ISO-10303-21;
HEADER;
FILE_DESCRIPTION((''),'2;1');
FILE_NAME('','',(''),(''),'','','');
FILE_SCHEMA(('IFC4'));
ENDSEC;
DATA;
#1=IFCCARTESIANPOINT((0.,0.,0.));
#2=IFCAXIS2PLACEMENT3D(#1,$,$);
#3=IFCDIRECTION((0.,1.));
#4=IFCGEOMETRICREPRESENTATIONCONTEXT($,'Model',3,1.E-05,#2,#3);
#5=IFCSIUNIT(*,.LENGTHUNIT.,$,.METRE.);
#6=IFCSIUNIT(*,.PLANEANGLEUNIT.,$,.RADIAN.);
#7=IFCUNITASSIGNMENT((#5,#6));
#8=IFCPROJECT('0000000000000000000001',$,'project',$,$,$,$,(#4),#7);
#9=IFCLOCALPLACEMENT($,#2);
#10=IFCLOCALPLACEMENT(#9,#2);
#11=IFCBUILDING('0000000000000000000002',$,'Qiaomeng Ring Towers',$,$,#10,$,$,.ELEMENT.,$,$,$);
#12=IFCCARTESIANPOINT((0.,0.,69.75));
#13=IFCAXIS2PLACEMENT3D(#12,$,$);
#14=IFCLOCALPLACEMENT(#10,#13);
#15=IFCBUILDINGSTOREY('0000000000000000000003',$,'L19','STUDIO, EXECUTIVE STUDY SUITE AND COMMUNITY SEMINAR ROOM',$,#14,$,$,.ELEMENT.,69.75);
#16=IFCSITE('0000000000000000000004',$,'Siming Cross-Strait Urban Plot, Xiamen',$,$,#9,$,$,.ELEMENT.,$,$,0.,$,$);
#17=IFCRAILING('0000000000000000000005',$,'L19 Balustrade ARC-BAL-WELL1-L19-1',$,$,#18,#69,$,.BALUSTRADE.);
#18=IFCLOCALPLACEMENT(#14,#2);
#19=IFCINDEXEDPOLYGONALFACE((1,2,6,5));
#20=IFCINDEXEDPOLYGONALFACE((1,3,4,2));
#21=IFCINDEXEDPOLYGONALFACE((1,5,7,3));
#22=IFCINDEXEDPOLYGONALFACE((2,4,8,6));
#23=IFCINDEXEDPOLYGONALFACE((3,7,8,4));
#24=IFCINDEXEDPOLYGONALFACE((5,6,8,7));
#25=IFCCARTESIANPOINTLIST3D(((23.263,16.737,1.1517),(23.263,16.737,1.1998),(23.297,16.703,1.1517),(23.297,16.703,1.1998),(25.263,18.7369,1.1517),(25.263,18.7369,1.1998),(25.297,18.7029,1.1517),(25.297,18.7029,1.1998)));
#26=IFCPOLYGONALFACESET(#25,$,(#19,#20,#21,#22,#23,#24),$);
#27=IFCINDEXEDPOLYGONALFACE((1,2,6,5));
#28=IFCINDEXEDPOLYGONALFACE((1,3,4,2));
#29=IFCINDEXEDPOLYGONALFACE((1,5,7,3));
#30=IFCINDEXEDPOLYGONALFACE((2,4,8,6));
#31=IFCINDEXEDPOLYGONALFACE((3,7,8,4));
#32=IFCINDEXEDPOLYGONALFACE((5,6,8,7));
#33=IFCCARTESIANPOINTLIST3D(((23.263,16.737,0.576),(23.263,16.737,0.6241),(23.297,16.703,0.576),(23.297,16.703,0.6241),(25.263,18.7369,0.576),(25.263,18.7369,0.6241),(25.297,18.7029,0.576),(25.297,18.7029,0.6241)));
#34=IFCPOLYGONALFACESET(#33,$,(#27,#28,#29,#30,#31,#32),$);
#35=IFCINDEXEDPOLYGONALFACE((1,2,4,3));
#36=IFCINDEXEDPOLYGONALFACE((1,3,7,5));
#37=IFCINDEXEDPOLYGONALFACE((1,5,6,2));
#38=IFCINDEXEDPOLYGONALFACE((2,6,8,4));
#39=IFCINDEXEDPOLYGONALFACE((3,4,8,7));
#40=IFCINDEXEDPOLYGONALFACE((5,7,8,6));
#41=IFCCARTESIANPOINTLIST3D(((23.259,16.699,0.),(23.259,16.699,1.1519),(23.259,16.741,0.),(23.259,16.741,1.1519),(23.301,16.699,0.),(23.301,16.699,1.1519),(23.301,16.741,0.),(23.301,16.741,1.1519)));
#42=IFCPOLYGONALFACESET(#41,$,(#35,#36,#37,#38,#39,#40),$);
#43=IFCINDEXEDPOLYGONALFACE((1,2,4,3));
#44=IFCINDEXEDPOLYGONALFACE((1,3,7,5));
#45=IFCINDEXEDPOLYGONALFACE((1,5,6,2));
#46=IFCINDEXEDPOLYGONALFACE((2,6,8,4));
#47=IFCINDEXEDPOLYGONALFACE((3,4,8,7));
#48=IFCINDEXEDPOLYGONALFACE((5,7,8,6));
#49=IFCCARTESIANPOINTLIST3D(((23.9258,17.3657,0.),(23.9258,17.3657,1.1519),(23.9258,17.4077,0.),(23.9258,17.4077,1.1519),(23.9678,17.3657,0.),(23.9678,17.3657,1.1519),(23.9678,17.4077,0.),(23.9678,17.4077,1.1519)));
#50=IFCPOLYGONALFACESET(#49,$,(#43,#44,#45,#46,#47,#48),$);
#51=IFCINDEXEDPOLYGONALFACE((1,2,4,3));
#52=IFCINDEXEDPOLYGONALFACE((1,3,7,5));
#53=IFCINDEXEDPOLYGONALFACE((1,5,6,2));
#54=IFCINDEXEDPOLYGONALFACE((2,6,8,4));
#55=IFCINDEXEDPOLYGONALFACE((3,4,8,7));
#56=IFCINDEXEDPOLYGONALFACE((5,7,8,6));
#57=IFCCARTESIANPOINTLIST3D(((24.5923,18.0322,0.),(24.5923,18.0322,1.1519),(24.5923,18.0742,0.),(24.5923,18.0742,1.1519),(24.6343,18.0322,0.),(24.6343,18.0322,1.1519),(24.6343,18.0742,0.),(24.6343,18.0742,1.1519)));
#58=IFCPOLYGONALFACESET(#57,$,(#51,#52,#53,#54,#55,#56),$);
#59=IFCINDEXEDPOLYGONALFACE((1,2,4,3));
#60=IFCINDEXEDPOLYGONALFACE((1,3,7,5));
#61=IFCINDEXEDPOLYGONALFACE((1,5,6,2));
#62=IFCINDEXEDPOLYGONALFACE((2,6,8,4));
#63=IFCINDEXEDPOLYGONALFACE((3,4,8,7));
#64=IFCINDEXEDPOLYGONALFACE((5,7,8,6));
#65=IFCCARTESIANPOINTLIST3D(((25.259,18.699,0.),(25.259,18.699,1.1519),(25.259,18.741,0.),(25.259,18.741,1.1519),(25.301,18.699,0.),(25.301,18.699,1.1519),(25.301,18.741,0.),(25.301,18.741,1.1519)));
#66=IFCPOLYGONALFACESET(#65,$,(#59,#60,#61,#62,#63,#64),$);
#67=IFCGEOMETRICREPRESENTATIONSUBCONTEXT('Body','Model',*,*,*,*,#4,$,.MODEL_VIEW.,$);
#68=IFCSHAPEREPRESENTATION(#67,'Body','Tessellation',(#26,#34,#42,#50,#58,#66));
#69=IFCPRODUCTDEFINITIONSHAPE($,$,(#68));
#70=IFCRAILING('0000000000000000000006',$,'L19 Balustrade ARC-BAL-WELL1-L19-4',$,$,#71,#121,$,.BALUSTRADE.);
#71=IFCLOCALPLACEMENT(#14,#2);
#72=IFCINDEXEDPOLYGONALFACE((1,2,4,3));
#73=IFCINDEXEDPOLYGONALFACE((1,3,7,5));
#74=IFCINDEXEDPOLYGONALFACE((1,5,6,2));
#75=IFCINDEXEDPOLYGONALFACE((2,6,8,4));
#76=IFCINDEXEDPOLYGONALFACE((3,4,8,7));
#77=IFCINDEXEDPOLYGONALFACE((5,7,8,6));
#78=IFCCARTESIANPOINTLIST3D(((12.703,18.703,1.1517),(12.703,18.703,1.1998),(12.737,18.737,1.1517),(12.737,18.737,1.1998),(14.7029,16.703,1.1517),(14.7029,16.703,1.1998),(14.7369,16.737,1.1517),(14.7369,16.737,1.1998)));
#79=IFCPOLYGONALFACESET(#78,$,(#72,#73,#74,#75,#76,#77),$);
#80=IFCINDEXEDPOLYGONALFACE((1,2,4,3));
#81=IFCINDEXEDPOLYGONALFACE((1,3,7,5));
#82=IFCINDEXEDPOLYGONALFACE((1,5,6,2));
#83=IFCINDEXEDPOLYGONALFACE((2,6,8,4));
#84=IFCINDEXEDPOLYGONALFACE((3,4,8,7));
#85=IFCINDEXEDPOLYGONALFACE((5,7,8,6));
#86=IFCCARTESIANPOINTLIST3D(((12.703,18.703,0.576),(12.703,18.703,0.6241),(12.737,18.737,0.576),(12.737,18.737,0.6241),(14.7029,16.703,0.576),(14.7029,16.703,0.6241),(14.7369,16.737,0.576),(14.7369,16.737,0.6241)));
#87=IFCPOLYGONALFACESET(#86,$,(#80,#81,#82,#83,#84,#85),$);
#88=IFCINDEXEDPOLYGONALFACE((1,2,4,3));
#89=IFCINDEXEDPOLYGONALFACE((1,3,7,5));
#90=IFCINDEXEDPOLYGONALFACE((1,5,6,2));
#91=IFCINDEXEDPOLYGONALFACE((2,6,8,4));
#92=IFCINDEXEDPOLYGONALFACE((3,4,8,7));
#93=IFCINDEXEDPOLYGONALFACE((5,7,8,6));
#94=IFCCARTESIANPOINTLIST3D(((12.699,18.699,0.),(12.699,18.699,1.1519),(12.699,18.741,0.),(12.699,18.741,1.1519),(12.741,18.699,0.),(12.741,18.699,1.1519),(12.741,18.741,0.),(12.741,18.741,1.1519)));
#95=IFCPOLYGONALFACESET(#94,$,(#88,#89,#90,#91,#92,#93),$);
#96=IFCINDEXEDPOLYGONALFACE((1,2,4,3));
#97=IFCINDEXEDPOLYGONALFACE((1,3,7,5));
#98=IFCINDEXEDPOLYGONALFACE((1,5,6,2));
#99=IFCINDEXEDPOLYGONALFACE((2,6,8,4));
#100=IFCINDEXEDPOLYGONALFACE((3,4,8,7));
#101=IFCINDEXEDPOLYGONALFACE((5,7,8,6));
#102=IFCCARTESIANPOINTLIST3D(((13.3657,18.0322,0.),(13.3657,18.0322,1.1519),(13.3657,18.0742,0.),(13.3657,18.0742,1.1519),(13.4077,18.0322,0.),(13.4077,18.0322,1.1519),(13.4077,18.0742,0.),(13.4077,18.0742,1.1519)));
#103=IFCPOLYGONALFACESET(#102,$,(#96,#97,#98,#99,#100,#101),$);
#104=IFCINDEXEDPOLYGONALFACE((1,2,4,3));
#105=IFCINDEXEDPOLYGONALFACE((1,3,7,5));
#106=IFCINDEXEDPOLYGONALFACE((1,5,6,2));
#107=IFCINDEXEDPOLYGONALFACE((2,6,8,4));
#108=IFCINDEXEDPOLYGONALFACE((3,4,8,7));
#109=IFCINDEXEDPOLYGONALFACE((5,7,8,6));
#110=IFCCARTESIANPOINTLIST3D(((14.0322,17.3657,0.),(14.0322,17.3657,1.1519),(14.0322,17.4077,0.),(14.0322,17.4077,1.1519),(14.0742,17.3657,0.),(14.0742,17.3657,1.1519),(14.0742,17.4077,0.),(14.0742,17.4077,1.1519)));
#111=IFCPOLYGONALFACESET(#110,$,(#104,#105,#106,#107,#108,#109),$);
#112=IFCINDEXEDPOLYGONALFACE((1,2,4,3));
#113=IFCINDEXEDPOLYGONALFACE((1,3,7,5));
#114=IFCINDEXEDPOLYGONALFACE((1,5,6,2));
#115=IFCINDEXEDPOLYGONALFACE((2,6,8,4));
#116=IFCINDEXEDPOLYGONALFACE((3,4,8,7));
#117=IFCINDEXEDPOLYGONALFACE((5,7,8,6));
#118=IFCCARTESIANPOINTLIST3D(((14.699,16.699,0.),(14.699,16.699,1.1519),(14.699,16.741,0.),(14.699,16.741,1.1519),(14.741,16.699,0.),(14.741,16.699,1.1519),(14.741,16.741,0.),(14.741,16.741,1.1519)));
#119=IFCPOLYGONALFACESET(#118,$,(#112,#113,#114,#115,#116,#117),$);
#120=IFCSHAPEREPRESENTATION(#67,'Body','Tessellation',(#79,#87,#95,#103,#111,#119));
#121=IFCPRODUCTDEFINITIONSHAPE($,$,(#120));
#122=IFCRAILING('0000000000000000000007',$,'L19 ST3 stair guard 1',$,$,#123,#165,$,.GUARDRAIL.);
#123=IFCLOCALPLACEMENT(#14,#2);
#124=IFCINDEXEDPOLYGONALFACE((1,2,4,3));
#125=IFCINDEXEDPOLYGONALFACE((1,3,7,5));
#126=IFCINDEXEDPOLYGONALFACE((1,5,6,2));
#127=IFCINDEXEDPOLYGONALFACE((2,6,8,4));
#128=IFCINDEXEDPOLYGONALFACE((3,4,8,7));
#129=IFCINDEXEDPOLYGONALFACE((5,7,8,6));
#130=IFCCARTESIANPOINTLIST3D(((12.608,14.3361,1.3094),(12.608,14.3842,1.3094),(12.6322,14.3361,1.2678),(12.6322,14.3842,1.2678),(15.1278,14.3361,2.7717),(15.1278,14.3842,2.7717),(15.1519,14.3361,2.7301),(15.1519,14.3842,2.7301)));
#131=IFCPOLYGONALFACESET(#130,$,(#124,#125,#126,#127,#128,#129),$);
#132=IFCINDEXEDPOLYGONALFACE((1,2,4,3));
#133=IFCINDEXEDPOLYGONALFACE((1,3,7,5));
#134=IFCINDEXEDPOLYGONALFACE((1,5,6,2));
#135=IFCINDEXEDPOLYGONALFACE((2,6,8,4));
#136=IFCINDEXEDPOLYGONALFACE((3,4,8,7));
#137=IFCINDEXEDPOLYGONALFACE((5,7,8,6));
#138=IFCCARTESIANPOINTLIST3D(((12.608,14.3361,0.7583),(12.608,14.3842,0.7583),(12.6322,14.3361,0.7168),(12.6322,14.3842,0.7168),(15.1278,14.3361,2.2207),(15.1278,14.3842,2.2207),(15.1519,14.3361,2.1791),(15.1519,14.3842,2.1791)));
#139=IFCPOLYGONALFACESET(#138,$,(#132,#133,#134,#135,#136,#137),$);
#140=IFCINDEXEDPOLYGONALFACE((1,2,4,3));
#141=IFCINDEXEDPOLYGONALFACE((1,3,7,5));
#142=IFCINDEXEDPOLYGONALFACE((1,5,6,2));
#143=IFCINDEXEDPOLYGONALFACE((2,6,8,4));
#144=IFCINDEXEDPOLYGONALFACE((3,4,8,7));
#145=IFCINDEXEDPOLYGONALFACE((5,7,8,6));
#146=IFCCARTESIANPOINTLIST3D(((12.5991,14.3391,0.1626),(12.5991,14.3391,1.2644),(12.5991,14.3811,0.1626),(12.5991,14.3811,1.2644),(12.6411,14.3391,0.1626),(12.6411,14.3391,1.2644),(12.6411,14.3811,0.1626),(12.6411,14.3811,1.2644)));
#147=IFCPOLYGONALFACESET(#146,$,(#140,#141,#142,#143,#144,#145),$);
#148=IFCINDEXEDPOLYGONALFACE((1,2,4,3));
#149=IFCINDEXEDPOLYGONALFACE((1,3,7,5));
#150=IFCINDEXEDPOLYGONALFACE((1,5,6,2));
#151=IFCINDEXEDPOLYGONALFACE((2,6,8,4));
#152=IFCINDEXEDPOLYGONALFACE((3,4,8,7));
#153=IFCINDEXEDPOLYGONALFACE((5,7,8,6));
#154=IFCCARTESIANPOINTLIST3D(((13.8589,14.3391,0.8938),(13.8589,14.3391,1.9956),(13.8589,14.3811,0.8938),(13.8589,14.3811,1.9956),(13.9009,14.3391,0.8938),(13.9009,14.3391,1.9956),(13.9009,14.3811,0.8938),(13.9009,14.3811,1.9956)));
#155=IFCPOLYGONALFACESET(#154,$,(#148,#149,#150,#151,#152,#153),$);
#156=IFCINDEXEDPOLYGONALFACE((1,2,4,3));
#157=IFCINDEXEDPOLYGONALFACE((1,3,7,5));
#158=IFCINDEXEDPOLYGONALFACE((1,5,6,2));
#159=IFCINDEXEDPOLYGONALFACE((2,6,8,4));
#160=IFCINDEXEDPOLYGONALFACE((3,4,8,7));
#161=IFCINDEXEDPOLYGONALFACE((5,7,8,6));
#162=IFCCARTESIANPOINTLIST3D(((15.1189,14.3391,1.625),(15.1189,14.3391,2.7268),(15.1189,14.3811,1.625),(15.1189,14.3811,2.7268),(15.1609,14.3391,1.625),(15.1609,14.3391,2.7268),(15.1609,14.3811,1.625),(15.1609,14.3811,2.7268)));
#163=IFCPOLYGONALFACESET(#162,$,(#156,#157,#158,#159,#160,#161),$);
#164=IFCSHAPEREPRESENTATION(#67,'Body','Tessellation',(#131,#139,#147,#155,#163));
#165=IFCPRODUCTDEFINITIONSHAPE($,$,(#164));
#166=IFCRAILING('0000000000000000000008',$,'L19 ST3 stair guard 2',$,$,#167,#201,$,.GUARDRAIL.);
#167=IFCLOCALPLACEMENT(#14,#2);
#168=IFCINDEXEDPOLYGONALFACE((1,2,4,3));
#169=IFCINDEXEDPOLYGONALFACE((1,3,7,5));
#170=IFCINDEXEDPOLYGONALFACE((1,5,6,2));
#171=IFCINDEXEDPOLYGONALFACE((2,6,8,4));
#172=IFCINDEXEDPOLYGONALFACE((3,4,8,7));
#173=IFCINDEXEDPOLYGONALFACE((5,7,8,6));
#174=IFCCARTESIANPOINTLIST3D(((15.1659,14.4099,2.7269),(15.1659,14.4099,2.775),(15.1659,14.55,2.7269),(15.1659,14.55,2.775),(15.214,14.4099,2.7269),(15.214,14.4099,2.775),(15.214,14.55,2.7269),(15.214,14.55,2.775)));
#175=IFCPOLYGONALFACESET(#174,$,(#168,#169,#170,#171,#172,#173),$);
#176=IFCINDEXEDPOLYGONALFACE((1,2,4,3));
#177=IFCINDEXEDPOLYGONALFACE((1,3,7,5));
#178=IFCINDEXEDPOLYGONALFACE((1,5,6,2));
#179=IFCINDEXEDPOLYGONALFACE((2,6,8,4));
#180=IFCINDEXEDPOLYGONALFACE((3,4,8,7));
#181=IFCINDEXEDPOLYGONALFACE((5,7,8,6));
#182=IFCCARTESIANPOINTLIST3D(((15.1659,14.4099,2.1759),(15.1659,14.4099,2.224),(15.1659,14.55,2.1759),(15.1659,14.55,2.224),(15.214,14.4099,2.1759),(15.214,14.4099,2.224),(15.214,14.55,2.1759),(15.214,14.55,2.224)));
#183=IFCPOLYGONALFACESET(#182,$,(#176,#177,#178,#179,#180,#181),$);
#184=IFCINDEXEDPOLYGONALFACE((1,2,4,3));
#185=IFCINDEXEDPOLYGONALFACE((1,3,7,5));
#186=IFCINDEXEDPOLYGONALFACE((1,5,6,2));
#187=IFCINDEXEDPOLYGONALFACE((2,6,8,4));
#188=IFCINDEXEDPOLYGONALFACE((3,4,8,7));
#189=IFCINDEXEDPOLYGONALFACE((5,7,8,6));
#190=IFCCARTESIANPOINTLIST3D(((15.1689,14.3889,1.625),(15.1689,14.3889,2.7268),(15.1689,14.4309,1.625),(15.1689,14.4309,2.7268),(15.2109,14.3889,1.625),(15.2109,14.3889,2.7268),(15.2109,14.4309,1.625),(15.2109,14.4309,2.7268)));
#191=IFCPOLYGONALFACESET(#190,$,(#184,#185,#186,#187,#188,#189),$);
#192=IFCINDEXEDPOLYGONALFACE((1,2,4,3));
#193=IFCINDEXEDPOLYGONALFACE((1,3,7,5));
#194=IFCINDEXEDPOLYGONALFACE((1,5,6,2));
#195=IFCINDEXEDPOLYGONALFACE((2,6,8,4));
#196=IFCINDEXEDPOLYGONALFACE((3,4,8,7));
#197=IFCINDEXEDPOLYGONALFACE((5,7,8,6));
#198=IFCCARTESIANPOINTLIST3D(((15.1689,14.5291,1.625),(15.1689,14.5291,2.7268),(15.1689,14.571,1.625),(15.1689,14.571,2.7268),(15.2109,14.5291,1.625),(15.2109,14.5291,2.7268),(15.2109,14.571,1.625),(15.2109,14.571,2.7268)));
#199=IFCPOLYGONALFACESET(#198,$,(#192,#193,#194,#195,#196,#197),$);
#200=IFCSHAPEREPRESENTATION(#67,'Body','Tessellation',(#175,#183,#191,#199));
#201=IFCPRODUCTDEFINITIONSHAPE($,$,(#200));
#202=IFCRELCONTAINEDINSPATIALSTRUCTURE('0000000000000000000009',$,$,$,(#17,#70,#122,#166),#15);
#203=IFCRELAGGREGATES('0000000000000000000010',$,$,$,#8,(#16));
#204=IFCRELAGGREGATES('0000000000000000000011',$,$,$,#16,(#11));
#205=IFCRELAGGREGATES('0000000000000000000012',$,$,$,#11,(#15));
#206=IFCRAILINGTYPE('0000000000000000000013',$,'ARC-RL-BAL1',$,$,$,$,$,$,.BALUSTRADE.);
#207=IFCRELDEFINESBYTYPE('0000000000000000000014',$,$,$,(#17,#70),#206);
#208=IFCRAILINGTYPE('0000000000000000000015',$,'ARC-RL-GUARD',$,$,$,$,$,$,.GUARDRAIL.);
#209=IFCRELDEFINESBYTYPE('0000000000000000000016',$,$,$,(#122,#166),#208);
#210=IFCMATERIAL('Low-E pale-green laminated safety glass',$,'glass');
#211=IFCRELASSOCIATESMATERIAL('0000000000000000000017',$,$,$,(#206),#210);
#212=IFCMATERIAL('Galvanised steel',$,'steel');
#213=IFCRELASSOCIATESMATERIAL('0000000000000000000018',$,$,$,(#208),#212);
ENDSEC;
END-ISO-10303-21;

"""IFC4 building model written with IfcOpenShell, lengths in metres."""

from ifc_helpers import new_model, si_unit, direction, frame, origin, origin_2d, place, context, subcontext, project, spatial, rectangle, extrude, material, type_object, element, save


model = new_model("IFC4")

# Units and contexts
model_context = context("Model", 3, precision=1e-05, world=origin(), true_north=direction((0.0, 1.0)))
body_context = subcontext(model_context, "Body", "Model", "MODEL_VIEW")
ifc_project = project(units=[si_unit("LENGTHUNIT", "METRE"), si_unit("PLANEANGLEUNIT", "RADIAN")], contexts=[model_context])

# Site, building, storey
site_placement = place(None, origin())
site = spatial("IfcSite", under=ifc_project, at=site_placement, Name="Siming Cross-Strait Urban Plot, Xiamen", CompositionType="ELEMENT", RefElevation=0.0)
building_placement = place(site_placement, origin())
building = spatial("IfcBuilding", under=site, at=building_placement, Name="Qiaomeng Ring Towers", CompositionType="ELEMENT")
storey_placement = place(building_placement, frame((0.0, 0.0, 69.75)))
storey = spatial("IfcBuildingStorey", under=building, at=storey_placement, Name="L19", Description="STUDIO, EXECUTIVE STUDY SUITE AND COMMUNITY SEMINAR ROOM", CompositionType="ELEMENT", Elevation=69.75)

# Railings
ifc_material_1 = material(Name="Low-E pale-green laminated safety glass", Category="glass")
railing_type_1 = type_object("IfcRailingType", Name="ARC-RL-BAL1", PredefinedType="BALUSTRADE", material=ifc_material_1)
railing_1_placement = place(storey_placement, frame((23.28, 16.72, 0.0)))
element("IfcRailing", 1, at=railing_1_placement, inside=storey, type_object=railing_type_1, Name="L19 Balustrade ARC-BAL-WELL1-L19-1", PredefinedType="BALUSTRADE", context=body_context, shape_type="SweptSolid", body=[
    extrude(rectangle(XDim=0.0481, YDim=0.0481, at=origin_2d()), frame((0.0, 0.0, 1.1758), z_axis=(0.707107, 0.707107, 0.0), x_axis=(-0.707107, 0.707107, 0.0)), (0.0, 0.0, 1.0), 2.8284),
    extrude(rectangle(XDim=0.0481, YDim=0.0481, at=origin_2d()), frame((0.0, 0.0, 0.6001), z_axis=(0.707107, 0.707107, 0.0), x_axis=(-0.707107, 0.707107, 0.0)), (0.0, 0.0, 1.0), 2.8284),
    extrude(rectangle(XDim=0.042, YDim=0.042, at=origin_2d()), origin(), (0.0, 0.0, 1.0), 1.1519),
    extrude(rectangle(XDim=0.042, YDim=0.042, at=origin_2d()), frame((0.6667, 0.6667, 0.0)), (0.0, 0.0, 1.0), 1.1519),
    extrude(rectangle(XDim=0.042, YDim=0.042, at=origin_2d()), frame((1.3333, 1.3333, 0.0)), (0.0, 0.0, 1.0), 1.1519),
    extrude(rectangle(XDim=0.042, YDim=0.042, at=origin_2d()), frame((2.0, 2.0, 0.0)), (0.0, 0.0, 1.0), 1.1519),
])
railing_2_placement = place(storey_placement, frame((12.72, 18.72, 0.0)))
element("IfcRailing", 2, at=railing_2_placement, inside=storey, type_object=railing_type_1, Name="L19 Balustrade ARC-BAL-WELL1-L19-4", PredefinedType="BALUSTRADE", context=body_context, shape_type="SweptSolid", body=[
    extrude(rectangle(XDim=0.0481, YDim=0.0481, at=origin_2d()), frame((0.0, 0.0, 1.1758), z_axis=(0.707107, -0.707107, 0.0), x_axis=(0.707107, 0.707107, 0.0)), (0.0, 0.0, 1.0), 2.8284),
    extrude(rectangle(XDim=0.0481, YDim=0.0481, at=origin_2d()), frame((0.0, 0.0, 0.6001), z_axis=(0.707107, -0.707107, 0.0), x_axis=(0.707107, 0.707107, 0.0)), (0.0, 0.0, 1.0), 2.8284),
    extrude(rectangle(XDim=0.042, YDim=0.042, at=origin_2d()), origin(), (0.0, 0.0, 1.0), 1.1519),
    extrude(rectangle(XDim=0.042, YDim=0.042, at=origin_2d()), frame((0.6667, -0.6667, 0.0)), (0.0, 0.0, 1.0), 1.1519),
    extrude(rectangle(XDim=0.042, YDim=0.042, at=origin_2d()), frame((1.3333, -1.3333, 0.0)), (0.0, 0.0, 1.0), 1.1519),
    extrude(rectangle(XDim=0.042, YDim=0.042, at=origin_2d()), frame((2.0, -2.0, 0.0)), (0.0, 0.0, 1.0), 1.1519),
])
ifc_material_2 = material(Name="Galvanised steel", Category="steel")
railing_type_2 = type_object("IfcRailingType", Name="ARC-RL-GUARD", PredefinedType="GUARDRAIL", material=ifc_material_2)
railing_3_placement = place(storey_placement, frame((12.6201, 14.3601, 0.1626)))
element("IfcRailing", 3, at=railing_3_placement, inside=storey, type_object=railing_type_2, Name="L19 ST3 stair guard 1", PredefinedType="GUARDRAIL", context=body_context, shape_type="SweptSolid", body=[
    extrude(rectangle(XDim=0.0481, YDim=0.0481, at=origin_2d()), frame((0.0, 0.0, 1.126), z_axis=(0.864892, 0.0, 0.501958), x_axis=(0.0, 1.0, 0.0)), (0.0, 0.0, 1.0), 2.9133),
    extrude(rectangle(XDim=0.0481, YDim=0.0481, at=origin_2d()), frame((0.0, 0.0, 0.575), z_axis=(0.864892, 0.0, 0.501958), x_axis=(0.0, 1.0, 0.0)), (0.0, 0.0, 1.0), 2.9133),
    extrude(rectangle(XDim=0.042, YDim=0.042, at=origin_2d()), origin(), (0.0, 0.0, 1.0), 1.1018),
    extrude(rectangle(XDim=0.042, YDim=0.042, at=origin_2d()), frame((1.2598, 0.0, 0.7312)), (0.0, 0.0, 1.0), 1.1018),
    extrude(rectangle(XDim=0.042, YDim=0.042, at=origin_2d()), frame((2.5198, 0.0, 1.4624)), (0.0, 0.0, 1.0), 1.1018),
])
railing_4_placement = place(storey_placement, frame((15.1899, 14.4099, 1.625)))
element("IfcRailing", 4, at=railing_4_placement, inside=storey, type_object=railing_type_2, Name="L19 ST3 stair guard 2", PredefinedType="GUARDRAIL", context=body_context, shape_type="SweptSolid", body=[
    extrude(rectangle(XDim=0.0481, YDim=0.0481, at=origin_2d()), frame((0.0, 0.0, 1.126), z_axis=(0.0, 1.0, 0.0), x_axis=(-1.0, 0.0, 0.0)), (0.0, 0.0, 1.0), 0.1401),
    extrude(rectangle(XDim=0.0481, YDim=0.0481, at=origin_2d()), frame((0.0, 0.0, 0.575), z_axis=(0.0, 1.0, 0.0), x_axis=(-1.0, 0.0, 0.0)), (0.0, 0.0, 1.0), 0.1401),
    extrude(rectangle(XDim=0.042, YDim=0.042, at=origin_2d()), origin(), (0.0, 0.0, 1.0), 1.1018),
    extrude(rectangle(XDim=0.042, YDim=0.042, at=origin_2d()), frame((0.0, 0.1401, 0.0)), (0.0, 0.0, 1.0), 1.1018),
])

save(model, "model.ifc")
